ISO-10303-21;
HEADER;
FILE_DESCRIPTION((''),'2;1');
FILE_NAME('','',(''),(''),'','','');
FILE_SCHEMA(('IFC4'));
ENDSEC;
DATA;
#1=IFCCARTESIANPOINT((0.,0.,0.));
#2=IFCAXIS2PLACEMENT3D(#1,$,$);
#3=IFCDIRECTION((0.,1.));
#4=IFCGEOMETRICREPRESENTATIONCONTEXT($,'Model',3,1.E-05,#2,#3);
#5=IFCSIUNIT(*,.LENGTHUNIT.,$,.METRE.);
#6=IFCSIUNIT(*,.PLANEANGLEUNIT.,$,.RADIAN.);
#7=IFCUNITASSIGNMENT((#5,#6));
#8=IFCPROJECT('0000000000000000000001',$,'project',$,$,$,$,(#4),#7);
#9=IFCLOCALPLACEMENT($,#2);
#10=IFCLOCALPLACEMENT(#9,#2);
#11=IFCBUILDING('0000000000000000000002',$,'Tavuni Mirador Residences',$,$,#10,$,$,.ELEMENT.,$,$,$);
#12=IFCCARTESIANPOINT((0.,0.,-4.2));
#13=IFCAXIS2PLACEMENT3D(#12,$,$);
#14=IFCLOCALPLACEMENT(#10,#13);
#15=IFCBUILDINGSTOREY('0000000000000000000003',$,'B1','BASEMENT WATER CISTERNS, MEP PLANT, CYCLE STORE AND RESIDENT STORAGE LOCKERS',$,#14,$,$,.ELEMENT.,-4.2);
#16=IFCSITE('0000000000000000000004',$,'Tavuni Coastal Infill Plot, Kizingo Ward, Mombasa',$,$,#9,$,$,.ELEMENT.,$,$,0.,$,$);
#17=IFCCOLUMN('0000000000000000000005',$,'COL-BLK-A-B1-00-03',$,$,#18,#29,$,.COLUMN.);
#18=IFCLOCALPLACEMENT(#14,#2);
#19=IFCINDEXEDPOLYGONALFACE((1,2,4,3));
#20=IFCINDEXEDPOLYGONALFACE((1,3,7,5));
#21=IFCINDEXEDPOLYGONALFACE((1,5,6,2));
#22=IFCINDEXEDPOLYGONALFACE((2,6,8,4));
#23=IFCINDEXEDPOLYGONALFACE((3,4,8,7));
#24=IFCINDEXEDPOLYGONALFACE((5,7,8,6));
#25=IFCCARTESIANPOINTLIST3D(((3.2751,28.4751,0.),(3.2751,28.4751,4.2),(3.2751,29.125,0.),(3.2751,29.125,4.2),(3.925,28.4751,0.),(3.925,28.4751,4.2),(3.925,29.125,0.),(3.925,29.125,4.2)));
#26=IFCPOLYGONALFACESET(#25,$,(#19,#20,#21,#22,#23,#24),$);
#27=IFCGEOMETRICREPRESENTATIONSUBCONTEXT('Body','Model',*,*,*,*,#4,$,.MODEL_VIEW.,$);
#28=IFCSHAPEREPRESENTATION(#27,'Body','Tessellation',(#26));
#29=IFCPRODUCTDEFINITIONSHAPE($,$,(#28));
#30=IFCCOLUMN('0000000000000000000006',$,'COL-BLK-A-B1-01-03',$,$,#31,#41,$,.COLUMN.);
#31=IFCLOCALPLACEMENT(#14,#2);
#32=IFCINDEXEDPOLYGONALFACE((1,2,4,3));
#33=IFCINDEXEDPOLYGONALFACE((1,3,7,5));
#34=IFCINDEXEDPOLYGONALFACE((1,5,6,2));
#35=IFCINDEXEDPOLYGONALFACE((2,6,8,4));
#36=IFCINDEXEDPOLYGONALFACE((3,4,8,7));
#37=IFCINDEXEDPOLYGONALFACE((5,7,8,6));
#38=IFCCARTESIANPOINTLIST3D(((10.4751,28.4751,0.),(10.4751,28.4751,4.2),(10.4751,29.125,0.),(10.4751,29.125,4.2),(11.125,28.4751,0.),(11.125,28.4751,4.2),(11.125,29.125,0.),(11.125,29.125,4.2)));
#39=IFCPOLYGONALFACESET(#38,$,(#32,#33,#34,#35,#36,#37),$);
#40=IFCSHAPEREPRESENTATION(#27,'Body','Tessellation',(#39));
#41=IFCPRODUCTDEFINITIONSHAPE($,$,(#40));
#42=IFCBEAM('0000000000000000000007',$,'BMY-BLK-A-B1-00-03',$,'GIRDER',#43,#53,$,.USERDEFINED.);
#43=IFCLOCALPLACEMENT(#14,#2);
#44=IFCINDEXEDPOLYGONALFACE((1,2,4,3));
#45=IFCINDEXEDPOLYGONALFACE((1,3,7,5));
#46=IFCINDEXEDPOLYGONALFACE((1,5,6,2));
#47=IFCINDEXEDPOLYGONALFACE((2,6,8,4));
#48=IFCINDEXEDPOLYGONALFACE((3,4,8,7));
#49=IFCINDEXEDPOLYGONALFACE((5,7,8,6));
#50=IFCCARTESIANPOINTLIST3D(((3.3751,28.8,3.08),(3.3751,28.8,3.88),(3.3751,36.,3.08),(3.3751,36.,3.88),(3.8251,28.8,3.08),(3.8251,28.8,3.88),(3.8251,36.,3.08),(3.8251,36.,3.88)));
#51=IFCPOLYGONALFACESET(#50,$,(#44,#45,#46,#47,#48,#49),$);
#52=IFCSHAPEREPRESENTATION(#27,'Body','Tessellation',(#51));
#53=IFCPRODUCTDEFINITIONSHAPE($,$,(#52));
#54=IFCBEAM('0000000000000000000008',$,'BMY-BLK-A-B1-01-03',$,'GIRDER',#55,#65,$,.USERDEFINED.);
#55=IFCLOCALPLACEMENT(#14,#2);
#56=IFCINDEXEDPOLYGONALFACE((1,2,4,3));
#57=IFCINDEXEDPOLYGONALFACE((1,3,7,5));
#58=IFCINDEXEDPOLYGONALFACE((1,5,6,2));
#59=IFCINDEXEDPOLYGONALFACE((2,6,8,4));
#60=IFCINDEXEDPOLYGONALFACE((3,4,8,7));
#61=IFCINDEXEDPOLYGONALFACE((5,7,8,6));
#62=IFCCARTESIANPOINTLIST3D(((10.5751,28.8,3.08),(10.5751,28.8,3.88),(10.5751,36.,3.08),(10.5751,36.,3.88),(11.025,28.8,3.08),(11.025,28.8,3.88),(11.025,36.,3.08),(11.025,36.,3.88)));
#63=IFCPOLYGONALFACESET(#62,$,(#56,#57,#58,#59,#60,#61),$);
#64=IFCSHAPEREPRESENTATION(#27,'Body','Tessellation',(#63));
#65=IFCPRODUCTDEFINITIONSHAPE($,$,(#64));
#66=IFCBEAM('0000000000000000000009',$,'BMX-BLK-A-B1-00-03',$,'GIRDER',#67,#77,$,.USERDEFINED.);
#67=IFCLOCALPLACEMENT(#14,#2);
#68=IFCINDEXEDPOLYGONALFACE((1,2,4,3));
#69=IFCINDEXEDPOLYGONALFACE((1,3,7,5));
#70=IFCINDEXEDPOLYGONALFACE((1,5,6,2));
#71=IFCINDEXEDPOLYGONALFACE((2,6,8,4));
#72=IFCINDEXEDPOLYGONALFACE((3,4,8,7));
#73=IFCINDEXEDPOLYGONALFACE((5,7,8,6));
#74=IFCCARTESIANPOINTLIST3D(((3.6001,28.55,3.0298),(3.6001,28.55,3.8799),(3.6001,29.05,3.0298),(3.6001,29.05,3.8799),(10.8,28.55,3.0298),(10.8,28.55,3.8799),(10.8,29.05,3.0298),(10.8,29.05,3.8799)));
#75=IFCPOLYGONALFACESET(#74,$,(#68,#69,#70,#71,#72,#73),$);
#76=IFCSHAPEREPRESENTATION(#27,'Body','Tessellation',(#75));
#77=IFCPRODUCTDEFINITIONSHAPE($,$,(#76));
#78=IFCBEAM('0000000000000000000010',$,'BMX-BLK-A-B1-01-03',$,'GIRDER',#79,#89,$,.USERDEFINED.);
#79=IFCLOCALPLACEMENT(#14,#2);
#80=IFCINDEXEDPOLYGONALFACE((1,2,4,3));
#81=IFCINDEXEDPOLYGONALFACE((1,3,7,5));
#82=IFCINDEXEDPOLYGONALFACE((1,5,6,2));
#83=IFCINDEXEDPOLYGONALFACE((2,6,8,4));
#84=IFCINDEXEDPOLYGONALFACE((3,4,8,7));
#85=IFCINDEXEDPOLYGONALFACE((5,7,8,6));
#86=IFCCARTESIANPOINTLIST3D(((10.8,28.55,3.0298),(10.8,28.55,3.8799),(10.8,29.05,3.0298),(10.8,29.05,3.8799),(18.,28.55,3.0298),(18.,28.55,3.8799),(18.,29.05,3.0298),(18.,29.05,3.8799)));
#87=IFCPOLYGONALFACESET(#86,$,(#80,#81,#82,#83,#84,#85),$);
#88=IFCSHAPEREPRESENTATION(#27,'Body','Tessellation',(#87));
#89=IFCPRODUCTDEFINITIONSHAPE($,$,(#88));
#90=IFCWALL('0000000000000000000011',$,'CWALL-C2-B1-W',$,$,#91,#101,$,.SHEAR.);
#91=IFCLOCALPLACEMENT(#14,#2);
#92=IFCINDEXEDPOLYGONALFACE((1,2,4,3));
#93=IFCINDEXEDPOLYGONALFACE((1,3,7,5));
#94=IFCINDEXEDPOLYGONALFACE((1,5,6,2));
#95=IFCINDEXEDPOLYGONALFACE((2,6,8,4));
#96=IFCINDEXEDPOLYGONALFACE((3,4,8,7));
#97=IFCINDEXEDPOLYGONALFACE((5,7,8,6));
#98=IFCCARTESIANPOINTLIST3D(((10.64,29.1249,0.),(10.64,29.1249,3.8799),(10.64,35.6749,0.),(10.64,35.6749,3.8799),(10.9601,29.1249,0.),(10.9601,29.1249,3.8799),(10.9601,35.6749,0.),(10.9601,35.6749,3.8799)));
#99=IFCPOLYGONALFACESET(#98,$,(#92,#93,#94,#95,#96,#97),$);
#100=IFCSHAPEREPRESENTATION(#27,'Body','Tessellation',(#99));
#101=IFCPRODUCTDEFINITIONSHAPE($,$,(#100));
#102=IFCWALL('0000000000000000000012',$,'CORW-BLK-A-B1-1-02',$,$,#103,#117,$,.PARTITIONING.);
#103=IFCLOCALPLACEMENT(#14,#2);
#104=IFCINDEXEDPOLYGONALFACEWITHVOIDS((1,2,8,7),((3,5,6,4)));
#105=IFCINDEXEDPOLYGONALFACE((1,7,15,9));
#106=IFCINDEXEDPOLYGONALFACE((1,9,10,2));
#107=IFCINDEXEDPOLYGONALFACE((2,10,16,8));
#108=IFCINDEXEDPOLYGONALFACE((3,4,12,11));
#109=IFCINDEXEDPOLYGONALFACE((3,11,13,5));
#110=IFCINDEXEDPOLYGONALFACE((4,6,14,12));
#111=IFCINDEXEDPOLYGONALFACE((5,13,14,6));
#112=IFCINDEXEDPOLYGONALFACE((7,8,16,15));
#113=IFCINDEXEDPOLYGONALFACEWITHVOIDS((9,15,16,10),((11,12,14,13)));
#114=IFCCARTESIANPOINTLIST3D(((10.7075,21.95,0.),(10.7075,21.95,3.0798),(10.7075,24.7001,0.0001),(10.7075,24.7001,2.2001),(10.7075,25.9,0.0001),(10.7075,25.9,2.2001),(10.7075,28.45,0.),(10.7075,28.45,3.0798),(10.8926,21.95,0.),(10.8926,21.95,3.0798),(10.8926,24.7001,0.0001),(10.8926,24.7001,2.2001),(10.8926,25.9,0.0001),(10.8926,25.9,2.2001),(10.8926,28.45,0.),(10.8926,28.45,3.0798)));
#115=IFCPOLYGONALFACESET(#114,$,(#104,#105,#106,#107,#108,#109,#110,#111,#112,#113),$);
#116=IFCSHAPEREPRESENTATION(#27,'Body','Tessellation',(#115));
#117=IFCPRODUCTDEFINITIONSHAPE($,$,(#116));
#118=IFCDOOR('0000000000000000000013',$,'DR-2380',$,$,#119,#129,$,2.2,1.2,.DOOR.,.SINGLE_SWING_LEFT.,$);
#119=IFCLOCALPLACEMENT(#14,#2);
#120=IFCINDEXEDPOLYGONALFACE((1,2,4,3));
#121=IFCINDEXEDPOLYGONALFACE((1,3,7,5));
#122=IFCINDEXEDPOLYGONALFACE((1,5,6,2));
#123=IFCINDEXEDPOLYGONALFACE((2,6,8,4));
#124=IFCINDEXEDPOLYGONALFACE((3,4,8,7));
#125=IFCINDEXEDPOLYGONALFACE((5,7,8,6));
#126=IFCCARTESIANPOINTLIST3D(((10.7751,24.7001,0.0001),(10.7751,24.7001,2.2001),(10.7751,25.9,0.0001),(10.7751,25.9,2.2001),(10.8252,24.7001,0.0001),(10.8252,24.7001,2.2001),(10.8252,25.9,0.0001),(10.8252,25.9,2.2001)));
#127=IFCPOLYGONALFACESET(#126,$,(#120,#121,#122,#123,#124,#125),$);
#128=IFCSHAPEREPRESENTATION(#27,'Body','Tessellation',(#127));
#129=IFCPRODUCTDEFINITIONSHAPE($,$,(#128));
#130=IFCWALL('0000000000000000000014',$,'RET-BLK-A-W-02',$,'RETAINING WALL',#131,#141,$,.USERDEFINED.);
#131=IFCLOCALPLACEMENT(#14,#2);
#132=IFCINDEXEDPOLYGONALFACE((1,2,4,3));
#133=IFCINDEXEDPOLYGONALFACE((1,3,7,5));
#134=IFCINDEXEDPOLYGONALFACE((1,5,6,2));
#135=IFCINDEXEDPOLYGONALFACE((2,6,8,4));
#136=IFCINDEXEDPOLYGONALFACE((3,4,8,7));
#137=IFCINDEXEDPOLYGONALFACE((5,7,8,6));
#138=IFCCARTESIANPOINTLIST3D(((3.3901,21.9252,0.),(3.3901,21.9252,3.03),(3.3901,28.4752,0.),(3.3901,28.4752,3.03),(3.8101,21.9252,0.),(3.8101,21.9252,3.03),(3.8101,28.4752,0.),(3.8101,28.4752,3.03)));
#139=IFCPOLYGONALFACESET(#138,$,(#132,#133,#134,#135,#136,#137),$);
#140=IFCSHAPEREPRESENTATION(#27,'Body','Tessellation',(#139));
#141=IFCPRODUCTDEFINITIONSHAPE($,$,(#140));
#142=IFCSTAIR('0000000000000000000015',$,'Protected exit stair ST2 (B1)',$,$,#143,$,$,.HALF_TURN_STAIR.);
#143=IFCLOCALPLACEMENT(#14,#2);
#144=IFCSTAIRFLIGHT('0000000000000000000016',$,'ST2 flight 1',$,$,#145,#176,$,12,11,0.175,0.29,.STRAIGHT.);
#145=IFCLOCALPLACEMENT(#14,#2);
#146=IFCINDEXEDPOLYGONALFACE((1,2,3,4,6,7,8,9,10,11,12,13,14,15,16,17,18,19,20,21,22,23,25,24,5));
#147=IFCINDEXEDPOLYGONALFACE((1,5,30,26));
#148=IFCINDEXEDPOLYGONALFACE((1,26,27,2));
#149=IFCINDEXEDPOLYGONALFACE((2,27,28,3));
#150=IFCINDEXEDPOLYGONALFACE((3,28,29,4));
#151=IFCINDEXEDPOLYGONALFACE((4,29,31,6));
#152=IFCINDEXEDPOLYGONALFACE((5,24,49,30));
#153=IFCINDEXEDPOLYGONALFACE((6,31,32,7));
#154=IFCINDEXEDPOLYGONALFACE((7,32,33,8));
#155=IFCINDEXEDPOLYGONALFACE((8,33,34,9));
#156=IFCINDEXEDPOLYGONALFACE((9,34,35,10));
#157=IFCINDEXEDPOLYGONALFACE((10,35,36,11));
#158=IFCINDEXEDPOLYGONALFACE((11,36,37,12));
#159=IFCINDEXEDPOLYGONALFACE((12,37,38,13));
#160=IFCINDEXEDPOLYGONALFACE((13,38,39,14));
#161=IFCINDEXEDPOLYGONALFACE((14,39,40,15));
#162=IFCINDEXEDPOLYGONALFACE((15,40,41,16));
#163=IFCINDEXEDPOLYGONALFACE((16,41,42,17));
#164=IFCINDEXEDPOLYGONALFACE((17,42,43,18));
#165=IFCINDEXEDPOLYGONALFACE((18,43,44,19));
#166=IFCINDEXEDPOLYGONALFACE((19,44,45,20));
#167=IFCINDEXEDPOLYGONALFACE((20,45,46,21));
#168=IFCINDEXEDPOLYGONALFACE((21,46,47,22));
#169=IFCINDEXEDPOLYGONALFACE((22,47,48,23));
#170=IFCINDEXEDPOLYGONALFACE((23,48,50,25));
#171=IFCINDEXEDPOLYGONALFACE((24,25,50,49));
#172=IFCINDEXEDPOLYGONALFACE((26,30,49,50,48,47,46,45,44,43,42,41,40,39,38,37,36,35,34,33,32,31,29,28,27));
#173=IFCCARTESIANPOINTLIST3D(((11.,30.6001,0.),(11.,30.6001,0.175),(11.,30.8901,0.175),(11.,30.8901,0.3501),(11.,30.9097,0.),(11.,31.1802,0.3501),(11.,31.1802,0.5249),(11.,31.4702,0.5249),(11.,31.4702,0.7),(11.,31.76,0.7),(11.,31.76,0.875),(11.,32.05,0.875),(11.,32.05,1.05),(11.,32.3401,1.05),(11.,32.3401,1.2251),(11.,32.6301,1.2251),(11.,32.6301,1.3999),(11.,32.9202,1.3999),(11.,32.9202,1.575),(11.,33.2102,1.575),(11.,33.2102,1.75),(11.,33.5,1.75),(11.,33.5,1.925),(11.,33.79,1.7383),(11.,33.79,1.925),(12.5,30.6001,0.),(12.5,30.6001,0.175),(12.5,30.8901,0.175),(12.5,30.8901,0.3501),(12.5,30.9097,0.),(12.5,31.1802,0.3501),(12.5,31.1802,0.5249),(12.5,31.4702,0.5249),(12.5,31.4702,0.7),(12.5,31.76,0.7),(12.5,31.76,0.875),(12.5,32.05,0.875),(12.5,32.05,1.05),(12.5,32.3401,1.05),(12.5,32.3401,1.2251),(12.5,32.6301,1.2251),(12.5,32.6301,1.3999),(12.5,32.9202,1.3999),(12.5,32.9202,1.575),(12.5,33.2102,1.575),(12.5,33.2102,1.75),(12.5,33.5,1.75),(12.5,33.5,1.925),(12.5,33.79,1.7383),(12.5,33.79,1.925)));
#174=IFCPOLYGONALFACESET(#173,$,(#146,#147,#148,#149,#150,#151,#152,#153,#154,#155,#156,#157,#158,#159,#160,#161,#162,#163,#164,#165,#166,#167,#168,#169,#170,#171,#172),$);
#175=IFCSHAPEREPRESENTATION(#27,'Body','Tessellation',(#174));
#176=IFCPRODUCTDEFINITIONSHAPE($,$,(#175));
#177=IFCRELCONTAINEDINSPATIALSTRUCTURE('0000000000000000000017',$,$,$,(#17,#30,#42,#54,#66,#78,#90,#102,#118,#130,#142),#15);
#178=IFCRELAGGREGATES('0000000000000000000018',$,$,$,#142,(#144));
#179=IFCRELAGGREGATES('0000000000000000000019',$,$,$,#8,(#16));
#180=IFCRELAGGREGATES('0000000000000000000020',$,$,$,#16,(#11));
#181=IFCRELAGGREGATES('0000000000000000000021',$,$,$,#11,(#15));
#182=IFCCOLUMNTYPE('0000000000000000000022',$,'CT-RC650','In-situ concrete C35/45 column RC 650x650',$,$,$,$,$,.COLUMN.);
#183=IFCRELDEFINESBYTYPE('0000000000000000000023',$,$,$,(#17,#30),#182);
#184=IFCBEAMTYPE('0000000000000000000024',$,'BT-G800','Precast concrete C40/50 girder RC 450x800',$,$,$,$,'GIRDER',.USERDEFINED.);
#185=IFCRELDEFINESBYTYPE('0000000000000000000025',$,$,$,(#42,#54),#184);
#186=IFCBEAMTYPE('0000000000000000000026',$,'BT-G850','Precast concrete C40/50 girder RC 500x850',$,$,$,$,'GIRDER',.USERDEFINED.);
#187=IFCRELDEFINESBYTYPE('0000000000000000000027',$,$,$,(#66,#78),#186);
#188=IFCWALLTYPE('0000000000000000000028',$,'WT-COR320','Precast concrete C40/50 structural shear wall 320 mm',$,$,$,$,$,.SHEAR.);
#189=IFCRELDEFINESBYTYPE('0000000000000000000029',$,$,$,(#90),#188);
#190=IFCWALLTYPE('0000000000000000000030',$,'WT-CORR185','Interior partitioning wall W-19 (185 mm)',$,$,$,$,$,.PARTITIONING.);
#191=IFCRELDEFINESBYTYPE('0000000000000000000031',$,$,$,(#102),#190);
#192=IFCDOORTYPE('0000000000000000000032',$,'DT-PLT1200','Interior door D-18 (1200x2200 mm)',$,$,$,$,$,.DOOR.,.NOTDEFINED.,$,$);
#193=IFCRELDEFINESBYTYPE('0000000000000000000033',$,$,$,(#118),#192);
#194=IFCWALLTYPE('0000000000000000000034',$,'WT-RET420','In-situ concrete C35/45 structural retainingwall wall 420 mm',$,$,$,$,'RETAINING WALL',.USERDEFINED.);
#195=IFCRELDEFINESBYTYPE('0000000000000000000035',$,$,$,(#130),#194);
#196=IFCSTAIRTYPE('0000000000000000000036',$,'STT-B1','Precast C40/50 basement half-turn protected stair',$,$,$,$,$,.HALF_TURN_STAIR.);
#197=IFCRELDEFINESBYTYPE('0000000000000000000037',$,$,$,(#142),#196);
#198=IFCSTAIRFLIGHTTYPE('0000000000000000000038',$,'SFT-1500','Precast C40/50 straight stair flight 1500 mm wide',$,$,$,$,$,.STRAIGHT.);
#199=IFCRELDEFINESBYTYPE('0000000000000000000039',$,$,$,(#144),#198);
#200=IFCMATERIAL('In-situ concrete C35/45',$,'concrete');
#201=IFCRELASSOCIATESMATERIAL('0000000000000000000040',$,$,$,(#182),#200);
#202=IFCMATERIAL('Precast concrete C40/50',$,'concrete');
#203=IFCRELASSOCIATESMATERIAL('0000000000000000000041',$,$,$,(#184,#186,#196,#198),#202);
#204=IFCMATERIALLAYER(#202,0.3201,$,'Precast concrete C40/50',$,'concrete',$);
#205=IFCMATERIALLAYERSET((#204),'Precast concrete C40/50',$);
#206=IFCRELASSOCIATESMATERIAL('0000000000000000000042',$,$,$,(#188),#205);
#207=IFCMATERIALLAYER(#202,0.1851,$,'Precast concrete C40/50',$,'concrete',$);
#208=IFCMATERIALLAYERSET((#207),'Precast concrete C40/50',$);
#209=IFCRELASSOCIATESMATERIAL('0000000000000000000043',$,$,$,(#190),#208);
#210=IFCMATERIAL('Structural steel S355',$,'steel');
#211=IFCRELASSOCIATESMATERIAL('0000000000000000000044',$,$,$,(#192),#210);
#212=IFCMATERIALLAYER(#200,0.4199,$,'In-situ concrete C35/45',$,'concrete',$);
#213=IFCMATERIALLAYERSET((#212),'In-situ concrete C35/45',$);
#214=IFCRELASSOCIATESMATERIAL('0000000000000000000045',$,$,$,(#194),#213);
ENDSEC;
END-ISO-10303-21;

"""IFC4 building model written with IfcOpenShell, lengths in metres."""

from ifc_helpers import new_model, si_unit, direction, frame, frame_2d, origin, origin_2d, place, context, subcontext, project, spatial, polyline, rectangle, outline, extrude, material, layer, layer_set, material_profile, profile_set, type_object, element, fill, aggregate, save


model = new_model("IFC4")

# Units and contexts
model_context = context("Model", 3, precision=1e-05, world=origin(), true_north=direction((0.0, 1.0)))
body_context = subcontext(model_context, "Body", "Model", "MODEL_VIEW")
ifc_project = project(units=[si_unit("LENGTHUNIT", "METRE"), si_unit("PLANEANGLEUNIT", "RADIAN")], contexts=[model_context])

# Site, building, storey
site_placement = place(None, origin())
site = spatial("IfcSite", under=ifc_project, at=site_placement, Name="Tavuni Coastal Infill Plot, Kizingo Ward, Mombasa", CompositionType="ELEMENT", RefElevation=0.0)
building_placement = place(site_placement, origin())
building = spatial("IfcBuilding", under=site, at=building_placement, Name="Tavuni Mirador Residences", CompositionType="ELEMENT")
storey_placement = place(building_placement, frame((0.0, 0.0, -4.2)))
storey = spatial("IfcBuildingStorey", under=building, at=storey_placement, Name="B1", Description="BASEMENT WATER CISTERNS, MEP PLANT, CYCLE STORE AND RESIDENT STORAGE LOCKERS", CompositionType="ELEMENT", Elevation=-4.2)

# Shared definitions
ifc_material_1 = material(Name="In-situ concrete C35/45", Category="concrete")

# Columns
ifc_material_profile_1 = material_profile(ifc_material_1, rectangle(XDim=0.6499, YDim=0.6499, at=origin_2d()), Name="RC 650x650", Category="concrete")
ifc_profile_set_1 = profile_set([ifc_material_profile_1], Name="In-situ concrete C35/45")
column_type = type_object("IfcColumnType", Name="CT-RC650", Description="In-situ concrete C35/45 column RC 650x650", PredefinedType="COLUMN", material=ifc_profile_set_1)
for number, where, z_axis, x_axis, name in (
    (1, (3.6001, 28.8, 0.0), (0.0, 0.0, 1.0), (1.0, 0.0, 0.0), "COL-BLK-A-B1-00-03"),
    (2, (10.8, 28.8, 0.0), (0.0, 0.0, 1.0), (1.0, 0.0, 0.0), "COL-BLK-A-B1-01-03"),
):
    element("IfcColumn", number, at=place(storey_placement, frame(where, z_axis=z_axis, x_axis=x_axis)), inside=storey, type_object=column_type, Name=name, PredefinedType="COLUMN", context=body_context, shape_type="SweptSolid", body=[
        extrude(rectangle(XDim=0.6499, YDim=0.6499, at=origin_2d()), origin(), (0.0, 0.0, 1.0), 4.2),
    ])

# Beams
ifc_material_2 = material(Name="Precast concrete C40/50", Category="concrete")
ifc_material_profile_2 = material_profile(ifc_material_2, rectangle(XDim=0.45, YDim=0.8, at=origin_2d()), Name="RC 450x800", Category="concrete")
ifc_profile_set_2 = profile_set([ifc_material_profile_2], Name="Precast concrete C40/50")
beam_type_1 = type_object("IfcBeamType", Name="BT-G800", Description="Precast concrete C40/50 girder RC 450x800", ElementType="GIRDER", PredefinedType="USERDEFINED", material=ifc_profile_set_2)
for number, where, z_axis, x_axis, name in (
    (3, (3.6001, 28.8, 3.48), (0.0, 1.0, 0.0), (-1.0, 0.0, 0.0), "BMY-BLK-A-B1-00-03"),
    (4, (10.8, 28.8, 3.48), (0.0, 1.0, 0.0), (-1.0, 0.0, 0.0), "BMY-BLK-A-B1-01-03"),
):
    element("IfcBeam", number, at=place(storey_placement, frame(where, z_axis=z_axis, x_axis=x_axis)), inside=storey, type_object=beam_type_1, Name=name, ObjectType="GIRDER", PredefinedType="USERDEFINED", context=body_context, shape_type="SweptSolid", body=[
        extrude(rectangle(XDim=0.45, YDim=0.8, at=origin_2d()), origin(), (0.0, 0.0, 1.0), 7.2),
    ])
ifc_material_profile_3 = material_profile(ifc_material_2, rectangle(XDim=0.5, YDim=0.8501, at=origin_2d()), Name="RC 500x850", Category="concrete")
ifc_profile_set_3 = profile_set([ifc_material_profile_3], Name="Precast concrete C40/50")
beam_type_2 = type_object("IfcBeamType", Name="BT-G850", Description="Precast concrete C40/50 girder RC 500x850", ElementType="GIRDER", PredefinedType="USERDEFINED", material=ifc_profile_set_3)
for number, where, z_axis, x_axis, name in (
    (5, (3.6001, 28.8, 3.4548), (1.0, 0.0, 0.0), (0.0, 1.0, 0.0), "BMX-BLK-A-B1-00-03"),
    (6, (10.8, 28.8, 3.4548), (1.0, 0.0, 0.0), (0.0, 1.0, 0.0), "BMX-BLK-A-B1-01-03"),
):
    element("IfcBeam", number, at=place(storey_placement, frame(where, z_axis=z_axis, x_axis=x_axis)), inside=storey, type_object=beam_type_2, Name=name, ObjectType="GIRDER", PredefinedType="USERDEFINED", context=body_context, shape_type="SweptSolid", body=[
        extrude(rectangle(XDim=0.5, YDim=0.8501, at=origin_2d()), origin(), (0.0, 0.0, 1.0), 7.2),
    ])

# Wall
ifc_layer_1 = layer(ifc_material_2, 0.3201, Name="Precast concrete C40/50", Category="concrete")
ifc_layer_set_1 = layer_set([ifc_layer_1], Name="Precast concrete C40/50")
wall_type_1 = type_object("IfcWallType", Name="WT-COR320", Description="Precast concrete C40/50 structural shear wall 320 mm", PredefinedType="SHEAR", material=ifc_layer_set_1)
wall_1_placement = place(storey_placement, frame((10.8, 29.125, 0.0), z_axis=(0.0, 0.0, 1.0), x_axis=(0.0, 1.0, 0.0)))
element("IfcWall", 7, at=wall_1_placement, inside=storey, type_object=wall_type_1, Name="CWALL-C2-B1-W", PredefinedType="SHEAR", context=body_context, shape_type="SweptSolid", body=[
    extrude(rectangle(XDim=6.55, YDim=0.3201, at=frame_2d((3.2749, 0.0))), origin(), (0.0, 0.0, 1.0), 3.8799),
])

# Wall, opening, door
ifc_layer_2 = layer(ifc_material_2, 0.1851, Name="Precast concrete C40/50", Category="concrete")
ifc_layer_set_2 = layer_set([ifc_layer_2], Name="Precast concrete C40/50")
wall_type_2 = type_object("IfcWallType", Name="WT-CORR185", Description="Interior partitioning wall W-19 (185 mm)", PredefinedType="PARTITIONING", material=ifc_layer_set_2)
wall_2_placement = place(storey_placement, frame((10.8, 21.95, 0.0), z_axis=(0.0, 0.0, 1.0), x_axis=(0.0, 1.0, 0.0)))
wall_2 = element("IfcWall", 8, at=wall_2_placement, inside=storey, type_object=wall_type_2, Name="CORW-BLK-A-B1-1-02", PredefinedType="PARTITIONING", context=body_context, shape_type="SweptSolid", body=[
    extrude(rectangle(XDim=6.5, YDim=0.1851, at=frame_2d((3.25, 0.0))), origin(), (0.0, 0.0, 1.0), 3.0798),
])
opening_1_placement = place(wall_2_placement, frame((2.75, 0.0, 0.0)))
opening_1 = element("IfcOpeningElement", 9, at=opening_1_placement, cuts=wall_2, PredefinedType="OPENING", context=body_context, shape_type="SweptSolid", body=[
    extrude(rectangle(XDim=1.2, YDim=2.2, at=frame_2d((0.6001, 1.1001))), frame((0.0, 0.1025, 0.0), z_axis=(0.0, -1.0, 0.0), x_axis=(1.0, 0.0, 0.0)), (0.0, 0.0, 1.0), 0.2051),
])
ifc_material_3 = material(Name="Structural steel S355", Category="steel")
door_type_1 = type_object("IfcDoorType", Name="DT-PLT1200", Description="Interior door D-18 (1200x2200 mm)", OperationType="NOTDEFINED", PredefinedType="DOOR", material=ifc_material_3)
door_1_placement = place(opening_1_placement, origin())
door_1 = element("IfcDoor", 10, at=door_1_placement, inside=storey, type_object=door_type_1, Name="DR-2380", OperationType="SINGLE_SWING_LEFT", OverallHeight=2.2, OverallWidth=1.2, PredefinedType="DOOR", context=body_context, shape_type="SweptSolid", body=[
    extrude(rectangle(XDim=1.2, YDim=2.2, at=frame_2d((0.6001, 1.1001))), frame((0.0, 0.0249, 0.0), z_axis=(0.0, -1.0, 0.0), x_axis=(1.0, 0.0, 0.0)), (0.0, 0.0, 1.0), 0.05),
])
fill(opening_1, door_1)

# Wall
ifc_layer_3 = layer(ifc_material_1, 0.4199, Name="In-situ concrete C35/45", Category="concrete")
ifc_layer_set_3 = layer_set([ifc_layer_3], Name="In-situ concrete C35/45")
wall_type_3 = type_object("IfcWallType", Name="WT-RET420", Description="In-situ concrete C35/45 structural retainingwall wall 420 mm", ElementType="RETAINING WALL", PredefinedType="USERDEFINED", material=ifc_layer_set_3)
wall_3_placement = place(storey_placement, frame((3.6001, 28.4751, 0.0), z_axis=(0.0, 0.0, 1.0), x_axis=(0.0, -1.0, 0.0)))
element("IfcWall", 11, at=wall_3_placement, inside=storey, type_object=wall_type_3, Name="RET-BLK-A-W-02", ObjectType="RETAINING WALL", PredefinedType="USERDEFINED", context=body_context, shape_type="SweptSolid", body=[
    extrude(rectangle(XDim=6.55, YDim=0.4199, at=frame_2d((3.2749, 0.0))), origin(), (0.0, 0.0, 1.0), 3.03),
])

# Stair, stair flight
stair_type = type_object("IfcStairType", Name="STT-B1", Description="Precast C40/50 basement half-turn protected stair", PredefinedType="HALF_TURN_STAIR", material=ifc_material_2)
stair_placement = place(storey_placement, origin())
stair = element("IfcStair", 12, at=stair_placement, inside=storey, type_object=stair_type, Name="Protected exit stair ST2 (B1)", PredefinedType="HALF_TURN_STAIR")
stair_flight_type = type_object("IfcStairFlightType", Name="SFT-1500", Description="Precast C40/50 straight stair flight 1500 mm wide", PredefinedType="STRAIGHT", material=ifc_material_2)
stair_flight_placement = place(storey_placement, frame((11.75, 30.6001, 0.0), z_axis=(0.0, 0.0, 1.0), x_axis=(0.0, 1.0, 0.0)))
stair_flight = element("IfcStairFlight", 13, at=stair_flight_placement, type_object=stair_flight_type, Name="ST2 flight 1", NumberOfRisers=12, NumberOfTreads=11, PredefinedType="STRAIGHT", RiserHeight=0.175, TreadLength=0.29, context=body_context, shape_type="SweptSolid", body=[
    extrude(outline(polyline([(0.0, 0.0), (0.0, 0.175), (0.29, 0.175), (0.29, 0.3501), (0.5801, 0.3501), (0.5801, 0.5249), (0.8701, 0.5249), (0.8701, 0.7), (1.1599, 0.7), (1.1599, 0.875), (1.45, 0.875), (1.45, 1.05), (1.74, 1.05), (1.74, 1.2251), (2.03, 1.2251), (2.03, 1.3999), (2.3201, 1.3999), (2.3201, 1.575), (2.6101, 1.575), (2.6101, 1.75), (2.8999, 1.75), (2.8999, 1.925), (3.1899, 1.925), (3.1899, 2.1001), (3.1899, 1.7383), (0.3096, 0.0), (0.0, 0.0)])), frame((0.0, 0.75, 0.0), z_axis=(0.0, -1.0, 0.0), x_axis=(1.0, 0.0, 0.0)), (0.0, 0.0, 1.0), 1.5),
])
aggregate(stair, [stair_flight])

save(model, "model.ifc")
